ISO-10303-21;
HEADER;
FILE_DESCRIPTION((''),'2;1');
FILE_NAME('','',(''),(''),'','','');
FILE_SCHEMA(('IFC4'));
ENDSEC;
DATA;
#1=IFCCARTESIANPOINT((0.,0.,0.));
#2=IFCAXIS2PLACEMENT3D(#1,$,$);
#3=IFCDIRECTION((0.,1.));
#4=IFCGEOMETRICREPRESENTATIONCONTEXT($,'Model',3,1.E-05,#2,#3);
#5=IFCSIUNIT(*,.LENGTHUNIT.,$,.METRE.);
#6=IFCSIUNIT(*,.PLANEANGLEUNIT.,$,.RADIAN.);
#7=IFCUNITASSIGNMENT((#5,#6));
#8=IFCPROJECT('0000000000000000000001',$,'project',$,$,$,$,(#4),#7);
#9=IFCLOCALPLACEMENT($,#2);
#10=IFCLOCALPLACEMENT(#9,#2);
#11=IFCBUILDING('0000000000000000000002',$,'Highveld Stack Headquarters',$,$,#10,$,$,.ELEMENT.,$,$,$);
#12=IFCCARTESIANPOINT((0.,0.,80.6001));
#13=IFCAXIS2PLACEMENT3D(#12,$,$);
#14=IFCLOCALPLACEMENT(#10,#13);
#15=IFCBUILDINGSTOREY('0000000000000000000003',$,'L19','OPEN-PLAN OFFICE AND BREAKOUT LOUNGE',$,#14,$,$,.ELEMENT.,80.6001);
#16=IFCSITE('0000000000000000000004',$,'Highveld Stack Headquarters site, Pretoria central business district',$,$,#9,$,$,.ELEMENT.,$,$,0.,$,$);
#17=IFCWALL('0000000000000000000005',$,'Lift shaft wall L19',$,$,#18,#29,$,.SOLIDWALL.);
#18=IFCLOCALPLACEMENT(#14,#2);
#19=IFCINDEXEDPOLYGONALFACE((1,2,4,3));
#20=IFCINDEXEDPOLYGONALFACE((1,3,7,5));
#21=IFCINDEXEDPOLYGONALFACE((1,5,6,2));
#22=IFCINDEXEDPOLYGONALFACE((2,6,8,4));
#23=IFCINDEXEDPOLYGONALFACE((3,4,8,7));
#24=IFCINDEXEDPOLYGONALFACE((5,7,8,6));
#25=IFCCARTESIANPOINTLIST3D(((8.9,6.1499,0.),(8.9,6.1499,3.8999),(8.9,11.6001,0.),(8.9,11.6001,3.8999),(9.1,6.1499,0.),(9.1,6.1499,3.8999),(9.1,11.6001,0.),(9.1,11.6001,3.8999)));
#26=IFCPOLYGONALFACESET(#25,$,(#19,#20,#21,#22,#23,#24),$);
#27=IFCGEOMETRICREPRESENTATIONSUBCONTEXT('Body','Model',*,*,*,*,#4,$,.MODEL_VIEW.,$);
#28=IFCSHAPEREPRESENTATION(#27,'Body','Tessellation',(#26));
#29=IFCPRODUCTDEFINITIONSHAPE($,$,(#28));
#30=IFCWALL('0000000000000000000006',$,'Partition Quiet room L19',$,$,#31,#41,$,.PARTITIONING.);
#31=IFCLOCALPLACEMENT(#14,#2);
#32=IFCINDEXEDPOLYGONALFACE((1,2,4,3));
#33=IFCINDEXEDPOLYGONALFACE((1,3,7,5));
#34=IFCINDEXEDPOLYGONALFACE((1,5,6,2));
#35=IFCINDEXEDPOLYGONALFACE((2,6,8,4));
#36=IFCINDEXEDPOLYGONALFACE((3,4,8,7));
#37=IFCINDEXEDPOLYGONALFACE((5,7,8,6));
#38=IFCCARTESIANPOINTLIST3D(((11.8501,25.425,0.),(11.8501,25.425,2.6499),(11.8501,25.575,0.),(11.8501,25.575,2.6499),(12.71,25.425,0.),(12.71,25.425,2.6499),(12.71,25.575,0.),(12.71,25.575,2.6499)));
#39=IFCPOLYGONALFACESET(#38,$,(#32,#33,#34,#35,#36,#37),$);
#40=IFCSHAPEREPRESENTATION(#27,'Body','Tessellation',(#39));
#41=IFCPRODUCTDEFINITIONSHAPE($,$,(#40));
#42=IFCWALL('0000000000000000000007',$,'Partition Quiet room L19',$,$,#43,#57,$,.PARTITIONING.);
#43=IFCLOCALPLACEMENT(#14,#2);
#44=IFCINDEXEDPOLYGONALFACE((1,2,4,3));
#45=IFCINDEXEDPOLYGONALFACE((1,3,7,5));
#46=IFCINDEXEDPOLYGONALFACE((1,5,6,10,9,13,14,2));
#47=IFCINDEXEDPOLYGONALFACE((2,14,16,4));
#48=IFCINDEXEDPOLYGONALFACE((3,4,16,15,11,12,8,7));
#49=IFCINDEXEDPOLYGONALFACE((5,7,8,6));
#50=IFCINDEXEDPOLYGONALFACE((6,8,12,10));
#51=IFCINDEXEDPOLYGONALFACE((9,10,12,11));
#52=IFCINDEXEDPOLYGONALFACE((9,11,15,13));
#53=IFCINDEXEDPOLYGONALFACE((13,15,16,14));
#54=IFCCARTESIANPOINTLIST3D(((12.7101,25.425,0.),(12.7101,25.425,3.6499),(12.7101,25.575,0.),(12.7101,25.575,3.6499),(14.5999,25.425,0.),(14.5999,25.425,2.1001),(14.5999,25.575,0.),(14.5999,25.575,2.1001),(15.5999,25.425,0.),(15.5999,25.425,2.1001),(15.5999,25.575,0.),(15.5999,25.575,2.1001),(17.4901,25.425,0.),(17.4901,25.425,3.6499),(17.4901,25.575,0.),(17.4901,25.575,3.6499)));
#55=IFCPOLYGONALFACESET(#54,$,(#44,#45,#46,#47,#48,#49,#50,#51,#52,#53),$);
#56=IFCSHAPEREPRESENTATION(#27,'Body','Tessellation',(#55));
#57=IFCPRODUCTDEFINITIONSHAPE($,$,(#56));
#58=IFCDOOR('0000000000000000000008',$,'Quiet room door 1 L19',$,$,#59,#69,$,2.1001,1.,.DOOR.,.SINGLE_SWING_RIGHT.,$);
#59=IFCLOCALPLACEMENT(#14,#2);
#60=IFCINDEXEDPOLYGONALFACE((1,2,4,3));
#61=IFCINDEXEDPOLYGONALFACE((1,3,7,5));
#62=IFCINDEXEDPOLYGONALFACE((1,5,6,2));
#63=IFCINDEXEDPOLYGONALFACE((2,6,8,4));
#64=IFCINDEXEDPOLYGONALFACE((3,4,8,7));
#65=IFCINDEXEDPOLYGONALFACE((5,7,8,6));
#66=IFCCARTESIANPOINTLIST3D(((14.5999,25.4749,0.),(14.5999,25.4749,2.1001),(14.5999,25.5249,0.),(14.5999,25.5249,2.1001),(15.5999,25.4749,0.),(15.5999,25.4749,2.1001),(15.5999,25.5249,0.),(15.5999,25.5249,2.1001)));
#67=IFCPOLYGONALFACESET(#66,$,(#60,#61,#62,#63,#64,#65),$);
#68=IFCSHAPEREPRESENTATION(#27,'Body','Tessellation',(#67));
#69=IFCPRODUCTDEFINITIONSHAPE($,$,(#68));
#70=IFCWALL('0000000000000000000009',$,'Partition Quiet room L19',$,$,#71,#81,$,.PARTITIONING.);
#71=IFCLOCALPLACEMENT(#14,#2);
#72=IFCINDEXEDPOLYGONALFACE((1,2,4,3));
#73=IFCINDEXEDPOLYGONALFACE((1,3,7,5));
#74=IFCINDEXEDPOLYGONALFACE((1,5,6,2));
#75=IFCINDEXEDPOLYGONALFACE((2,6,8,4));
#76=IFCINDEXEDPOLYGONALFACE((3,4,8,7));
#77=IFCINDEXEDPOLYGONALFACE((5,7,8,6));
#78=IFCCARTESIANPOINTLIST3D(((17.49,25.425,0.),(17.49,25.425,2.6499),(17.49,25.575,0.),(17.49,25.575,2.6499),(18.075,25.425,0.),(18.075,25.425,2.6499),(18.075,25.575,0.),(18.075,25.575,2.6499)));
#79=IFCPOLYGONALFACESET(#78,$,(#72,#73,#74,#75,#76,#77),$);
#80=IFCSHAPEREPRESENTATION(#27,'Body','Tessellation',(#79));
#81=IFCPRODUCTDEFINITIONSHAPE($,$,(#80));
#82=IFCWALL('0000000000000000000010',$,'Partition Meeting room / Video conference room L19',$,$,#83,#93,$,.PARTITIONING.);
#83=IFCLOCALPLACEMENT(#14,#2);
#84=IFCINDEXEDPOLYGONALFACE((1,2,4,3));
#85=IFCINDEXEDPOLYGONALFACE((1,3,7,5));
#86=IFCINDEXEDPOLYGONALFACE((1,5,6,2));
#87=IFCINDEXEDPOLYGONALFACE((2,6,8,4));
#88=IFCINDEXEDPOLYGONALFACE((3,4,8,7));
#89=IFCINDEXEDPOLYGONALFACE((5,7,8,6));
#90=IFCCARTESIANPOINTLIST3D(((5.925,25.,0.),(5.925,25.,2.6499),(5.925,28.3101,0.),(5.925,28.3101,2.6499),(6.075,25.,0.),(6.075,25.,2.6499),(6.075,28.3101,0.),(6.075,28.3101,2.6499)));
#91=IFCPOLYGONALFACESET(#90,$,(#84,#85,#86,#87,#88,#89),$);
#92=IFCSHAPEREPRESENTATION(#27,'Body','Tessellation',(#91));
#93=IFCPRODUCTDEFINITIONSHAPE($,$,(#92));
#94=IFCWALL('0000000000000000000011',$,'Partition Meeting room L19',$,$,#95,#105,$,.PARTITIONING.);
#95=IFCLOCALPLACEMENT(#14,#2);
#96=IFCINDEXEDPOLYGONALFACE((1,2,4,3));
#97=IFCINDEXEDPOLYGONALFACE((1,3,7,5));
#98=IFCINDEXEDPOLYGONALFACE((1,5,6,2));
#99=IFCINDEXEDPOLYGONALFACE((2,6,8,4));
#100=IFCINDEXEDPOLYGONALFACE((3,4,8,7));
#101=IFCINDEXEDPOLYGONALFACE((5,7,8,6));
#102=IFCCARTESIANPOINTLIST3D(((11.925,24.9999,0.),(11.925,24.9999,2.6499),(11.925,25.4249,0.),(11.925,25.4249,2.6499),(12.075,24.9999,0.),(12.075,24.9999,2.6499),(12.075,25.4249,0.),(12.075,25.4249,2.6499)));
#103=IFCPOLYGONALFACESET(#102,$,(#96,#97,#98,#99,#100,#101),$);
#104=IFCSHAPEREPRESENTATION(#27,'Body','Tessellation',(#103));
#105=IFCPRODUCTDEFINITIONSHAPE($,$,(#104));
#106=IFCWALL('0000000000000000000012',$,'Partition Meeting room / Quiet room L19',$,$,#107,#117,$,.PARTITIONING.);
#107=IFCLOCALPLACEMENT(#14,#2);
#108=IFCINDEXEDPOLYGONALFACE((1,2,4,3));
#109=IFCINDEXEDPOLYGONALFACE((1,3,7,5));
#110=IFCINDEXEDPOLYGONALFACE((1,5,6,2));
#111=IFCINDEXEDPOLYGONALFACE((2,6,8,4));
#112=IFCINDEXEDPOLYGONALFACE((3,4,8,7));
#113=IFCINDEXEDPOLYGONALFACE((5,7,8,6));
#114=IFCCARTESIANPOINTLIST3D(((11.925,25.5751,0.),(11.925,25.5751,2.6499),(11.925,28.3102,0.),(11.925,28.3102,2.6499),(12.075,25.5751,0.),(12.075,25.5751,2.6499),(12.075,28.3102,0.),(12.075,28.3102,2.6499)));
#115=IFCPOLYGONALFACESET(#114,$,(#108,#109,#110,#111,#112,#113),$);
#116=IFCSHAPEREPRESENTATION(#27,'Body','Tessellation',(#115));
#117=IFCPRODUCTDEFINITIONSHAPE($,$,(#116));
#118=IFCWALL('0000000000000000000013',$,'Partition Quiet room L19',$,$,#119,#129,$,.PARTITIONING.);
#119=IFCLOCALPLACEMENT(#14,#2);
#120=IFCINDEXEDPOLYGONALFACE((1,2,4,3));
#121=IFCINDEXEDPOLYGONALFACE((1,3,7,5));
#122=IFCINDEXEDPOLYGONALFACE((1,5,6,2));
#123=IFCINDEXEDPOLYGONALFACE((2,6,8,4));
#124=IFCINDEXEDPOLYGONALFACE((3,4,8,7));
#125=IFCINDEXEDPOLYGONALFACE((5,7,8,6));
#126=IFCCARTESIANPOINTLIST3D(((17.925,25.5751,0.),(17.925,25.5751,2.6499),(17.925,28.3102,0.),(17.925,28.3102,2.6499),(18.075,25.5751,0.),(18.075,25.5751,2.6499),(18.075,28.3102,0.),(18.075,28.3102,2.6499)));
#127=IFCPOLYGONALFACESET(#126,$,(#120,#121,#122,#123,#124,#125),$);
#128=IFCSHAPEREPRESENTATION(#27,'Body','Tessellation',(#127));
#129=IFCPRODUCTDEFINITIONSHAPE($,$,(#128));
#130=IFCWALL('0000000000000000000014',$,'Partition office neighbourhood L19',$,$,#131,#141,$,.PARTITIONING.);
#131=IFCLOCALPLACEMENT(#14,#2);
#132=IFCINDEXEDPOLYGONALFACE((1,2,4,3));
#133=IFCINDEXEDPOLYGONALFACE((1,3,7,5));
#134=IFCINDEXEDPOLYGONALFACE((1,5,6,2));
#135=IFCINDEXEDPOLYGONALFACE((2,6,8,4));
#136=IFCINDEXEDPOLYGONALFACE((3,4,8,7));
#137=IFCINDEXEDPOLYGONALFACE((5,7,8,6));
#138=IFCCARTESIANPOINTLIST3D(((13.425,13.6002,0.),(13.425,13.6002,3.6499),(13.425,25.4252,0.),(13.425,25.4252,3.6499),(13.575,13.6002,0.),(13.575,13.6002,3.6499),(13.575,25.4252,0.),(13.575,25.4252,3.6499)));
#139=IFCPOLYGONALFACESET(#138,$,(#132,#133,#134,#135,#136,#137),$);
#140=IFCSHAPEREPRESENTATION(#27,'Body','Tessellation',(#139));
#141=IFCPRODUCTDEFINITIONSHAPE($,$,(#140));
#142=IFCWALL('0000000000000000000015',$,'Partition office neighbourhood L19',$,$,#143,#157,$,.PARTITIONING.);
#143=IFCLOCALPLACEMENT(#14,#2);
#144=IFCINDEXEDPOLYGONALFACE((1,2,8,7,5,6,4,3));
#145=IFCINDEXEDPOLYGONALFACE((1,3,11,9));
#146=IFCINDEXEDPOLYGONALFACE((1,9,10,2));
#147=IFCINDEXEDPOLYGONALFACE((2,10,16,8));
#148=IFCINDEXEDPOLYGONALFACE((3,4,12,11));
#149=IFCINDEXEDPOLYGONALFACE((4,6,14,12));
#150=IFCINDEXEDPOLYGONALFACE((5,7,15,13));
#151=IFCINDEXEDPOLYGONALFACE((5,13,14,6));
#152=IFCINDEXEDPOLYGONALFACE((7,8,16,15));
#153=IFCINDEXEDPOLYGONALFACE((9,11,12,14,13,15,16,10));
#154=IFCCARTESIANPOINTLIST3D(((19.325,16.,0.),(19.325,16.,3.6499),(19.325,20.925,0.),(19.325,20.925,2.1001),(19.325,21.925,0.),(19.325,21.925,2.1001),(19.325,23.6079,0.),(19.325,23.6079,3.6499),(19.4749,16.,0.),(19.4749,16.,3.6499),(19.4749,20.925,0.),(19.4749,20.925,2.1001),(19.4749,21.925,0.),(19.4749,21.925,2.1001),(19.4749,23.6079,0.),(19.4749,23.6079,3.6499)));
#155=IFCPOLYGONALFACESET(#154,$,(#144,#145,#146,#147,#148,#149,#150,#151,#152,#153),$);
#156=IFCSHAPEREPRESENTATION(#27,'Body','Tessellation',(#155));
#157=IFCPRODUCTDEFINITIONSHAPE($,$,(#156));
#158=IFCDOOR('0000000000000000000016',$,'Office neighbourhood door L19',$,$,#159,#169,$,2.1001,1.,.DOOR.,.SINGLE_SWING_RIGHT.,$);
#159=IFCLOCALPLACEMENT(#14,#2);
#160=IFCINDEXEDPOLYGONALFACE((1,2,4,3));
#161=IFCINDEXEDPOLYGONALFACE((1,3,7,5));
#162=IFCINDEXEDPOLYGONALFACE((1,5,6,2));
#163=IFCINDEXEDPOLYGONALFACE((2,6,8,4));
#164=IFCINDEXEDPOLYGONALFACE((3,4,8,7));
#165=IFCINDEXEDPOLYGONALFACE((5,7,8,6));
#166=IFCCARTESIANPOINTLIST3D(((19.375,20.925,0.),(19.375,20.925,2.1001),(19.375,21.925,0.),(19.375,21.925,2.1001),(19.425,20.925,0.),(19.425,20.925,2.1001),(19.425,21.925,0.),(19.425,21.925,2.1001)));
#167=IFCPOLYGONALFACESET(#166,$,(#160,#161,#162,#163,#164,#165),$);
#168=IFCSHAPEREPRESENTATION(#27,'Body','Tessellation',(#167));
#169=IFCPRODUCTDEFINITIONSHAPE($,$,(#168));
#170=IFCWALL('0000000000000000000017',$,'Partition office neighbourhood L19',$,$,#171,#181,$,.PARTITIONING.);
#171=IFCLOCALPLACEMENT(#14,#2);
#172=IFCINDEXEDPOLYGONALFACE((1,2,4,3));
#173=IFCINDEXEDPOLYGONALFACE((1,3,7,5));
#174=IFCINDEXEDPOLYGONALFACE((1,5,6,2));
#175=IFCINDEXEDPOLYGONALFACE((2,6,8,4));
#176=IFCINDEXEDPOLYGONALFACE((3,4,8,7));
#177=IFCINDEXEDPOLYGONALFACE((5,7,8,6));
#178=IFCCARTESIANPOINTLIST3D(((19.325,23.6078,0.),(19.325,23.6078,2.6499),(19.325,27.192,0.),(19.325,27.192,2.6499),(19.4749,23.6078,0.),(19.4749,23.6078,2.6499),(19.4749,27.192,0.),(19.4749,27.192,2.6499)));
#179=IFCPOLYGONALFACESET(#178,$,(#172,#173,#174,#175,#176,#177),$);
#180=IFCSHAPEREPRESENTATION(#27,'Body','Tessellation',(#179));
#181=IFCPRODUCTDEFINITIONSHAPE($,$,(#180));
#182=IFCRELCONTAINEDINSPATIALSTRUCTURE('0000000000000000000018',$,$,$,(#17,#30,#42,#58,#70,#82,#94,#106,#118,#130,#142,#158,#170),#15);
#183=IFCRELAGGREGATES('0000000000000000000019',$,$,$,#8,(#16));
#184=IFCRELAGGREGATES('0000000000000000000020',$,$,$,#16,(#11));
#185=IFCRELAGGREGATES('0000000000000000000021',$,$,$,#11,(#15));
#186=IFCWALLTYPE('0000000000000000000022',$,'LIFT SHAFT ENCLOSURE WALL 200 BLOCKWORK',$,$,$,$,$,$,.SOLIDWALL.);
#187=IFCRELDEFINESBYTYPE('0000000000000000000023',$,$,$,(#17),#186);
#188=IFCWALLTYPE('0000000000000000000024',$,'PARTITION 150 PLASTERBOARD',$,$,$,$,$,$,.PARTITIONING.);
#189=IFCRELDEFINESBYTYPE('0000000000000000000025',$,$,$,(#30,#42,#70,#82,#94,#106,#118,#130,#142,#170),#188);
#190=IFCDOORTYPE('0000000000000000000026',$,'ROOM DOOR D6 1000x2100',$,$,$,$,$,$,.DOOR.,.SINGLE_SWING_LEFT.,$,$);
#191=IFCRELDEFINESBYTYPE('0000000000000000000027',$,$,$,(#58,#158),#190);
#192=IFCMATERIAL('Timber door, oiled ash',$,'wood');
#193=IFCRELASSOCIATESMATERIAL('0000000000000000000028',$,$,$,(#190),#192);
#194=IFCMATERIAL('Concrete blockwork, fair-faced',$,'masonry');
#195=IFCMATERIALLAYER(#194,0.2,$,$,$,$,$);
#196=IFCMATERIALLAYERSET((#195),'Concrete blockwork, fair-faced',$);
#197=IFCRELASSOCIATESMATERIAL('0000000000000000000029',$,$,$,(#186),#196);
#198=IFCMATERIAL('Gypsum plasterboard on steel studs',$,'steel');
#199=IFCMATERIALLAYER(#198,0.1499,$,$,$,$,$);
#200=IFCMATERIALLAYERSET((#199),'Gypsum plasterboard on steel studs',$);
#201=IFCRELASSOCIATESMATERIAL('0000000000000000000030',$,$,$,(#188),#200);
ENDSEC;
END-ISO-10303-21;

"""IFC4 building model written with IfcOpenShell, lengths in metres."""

from ifc_helpers import new_model, si_unit, direction, frame, frame_2d, origin, place, context, subcontext, project, spatial, rectangle, extrude, material, layer, layer_set, type_object, element, fill, save


model = new_model("IFC4")

# Units and contexts
model_context = context("Model", 3, precision=1e-05, world=origin(), true_north=direction((0.0, 1.0)))
body_context = subcontext(model_context, "Body", "Model", "MODEL_VIEW")
ifc_project = project(units=[si_unit("LENGTHUNIT", "METRE"), si_unit("PLANEANGLEUNIT", "RADIAN")], contexts=[model_context])

# Site, building, storey
site_placement = place(None, origin())
site = spatial("IfcSite", under=ifc_project, at=site_placement, Name="Highveld Stack Headquarters site, Pretoria central business district", CompositionType="ELEMENT", RefElevation=0.0)
building_placement = place(site_placement, origin())
building = spatial("IfcBuilding", under=site, at=building_placement, Name="Highveld Stack Headquarters", CompositionType="ELEMENT")
storey_placement = place(building_placement, frame((0.0, 0.0, 80.6001)))
storey = spatial("IfcBuildingStorey", under=building, at=storey_placement, Name="L19", Description="OPEN-PLAN OFFICE AND BREAKOUT LOUNGE", CompositionType="ELEMENT", Elevation=80.6001)

# Shared definitions
ifc_material_1 = material(Name="Timber door, oiled ash", Category="wood")
door_type = type_object("IfcDoorType", Name="ROOM DOOR D6 1000x2100", OperationType="SINGLE_SWING_LEFT", PredefinedType="DOOR", material=ifc_material_1)

# Walls
ifc_material_2 = material(Name="Concrete blockwork, fair-faced", Category="masonry")
ifc_layer_1 = layer(ifc_material_2, 0.2)
ifc_layer_set_1 = layer_set([ifc_layer_1], Name="Concrete blockwork, fair-faced")
wall_type_1 = type_object("IfcWallType", Name="LIFT SHAFT ENCLOSURE WALL 200 BLOCKWORK", PredefinedType="SOLIDWALL", material=ifc_layer_set_1)
wall_1_placement = place(storey_placement, frame((9.0, 6.1499, 0.0), z_axis=(0.0, 0.0, 1.0), x_axis=(0.0, 1.0, 0.0)))
element("IfcWall", 1, at=wall_1_placement, inside=storey, type_object=wall_type_1, Name="Lift shaft wall L19", PredefinedType="SOLIDWALL", context=body_context, shape_type="SweptSolid", body=[
    extrude(rectangle(XDim=5.4502, YDim=0.2, at=frame_2d((2.7251, 0.0))), origin(), (0.0, 0.0, 1.0), 3.8999),
])
ifc_material_3 = material(Name="Gypsum plasterboard on steel studs", Category="steel")
ifc_layer_2 = layer(ifc_material_3, 0.1499)
ifc_layer_set_2 = layer_set([ifc_layer_2], Name="Gypsum plasterboard on steel studs")
wall_type_2 = type_object("IfcWallType", Name="PARTITION 150 PLASTERBOARD", PredefinedType="PARTITIONING", material=ifc_layer_set_2)
wall_2_placement = place(storey_placement, frame((11.8501, 25.5, 0.0), z_axis=(0.0, 0.0, 1.0), x_axis=(1.0, 0.0, 0.0)))
element("IfcWall", 2, at=wall_2_placement, inside=storey, type_object=wall_type_2, Name="Partition Quiet room L19", PredefinedType="PARTITIONING", context=body_context, shape_type="SweptSolid", body=[
    extrude(rectangle(XDim=0.8599, YDim=0.1499, at=frame_2d((0.4299, 0.0))), origin(), (0.0, 0.0, 1.0), 2.6499),
])

# Wall, opening, door
wall_3_placement = place(storey_placement, frame((12.71, 25.5, 0.0), z_axis=(0.0, 0.0, 1.0), x_axis=(1.0, 0.0, 0.0)))
wall_3 = element("IfcWall", 3, at=wall_3_placement, inside=storey, type_object=wall_type_2, Name="Partition Quiet room L19", PredefinedType="PARTITIONING", context=body_context, shape_type="SweptSolid", body=[
    extrude(rectangle(XDim=4.78, YDim=0.1499, at=frame_2d((2.3901, 0.0))), origin(), (0.0, 0.0, 1.0), 3.6499),
])
opening_1_placement = place(wall_3_placement, frame((1.8899, 0.0, 0.0)))
opening_1 = element("IfcOpeningElement", 4, at=opening_1_placement, cuts=wall_3, PredefinedType="OPENING", context=body_context, shape_type="SweptSolid", body=[
    extrude(rectangle(XDim=1.0, YDim=2.1001, at=frame_2d((0.5, 1.05))), frame((0.0, 0.085, 0.0), z_axis=(0.0, -1.0, 0.0), x_axis=(1.0, 0.0, 0.0)), (0.0, 0.0, 1.0), 0.1699),
])
door_1_placement = place(opening_1_placement, origin())
door_1 = element("IfcDoor", 5, at=door_1_placement, inside=storey, type_object=door_type, Name="Quiet room door 1 L19", OperationType="SINGLE_SWING_RIGHT", OverallHeight=2.1001, OverallWidth=1.0, PredefinedType="DOOR", context=body_context, shape_type="SweptSolid", body=[
    extrude(rectangle(XDim=1.0, YDim=2.1001, at=frame_2d((0.5, 1.05))), frame((0.0, 0.0249, 0.0), z_axis=(0.0, -1.0, 0.0), x_axis=(1.0, 0.0, 0.0)), (0.0, 0.0, 1.0), 0.05),
])
fill(opening_1, door_1)

# Walls
wall_4_placement = place(storey_placement, frame((17.49, 25.5, 0.0), z_axis=(0.0, 0.0, 1.0), x_axis=(1.0, 0.0, 0.0)))
element("IfcWall", 6, at=wall_4_placement, inside=storey, type_object=wall_type_2, Name="Partition Quiet room L19", PredefinedType="PARTITIONING", context=body_context, shape_type="SweptSolid", body=[
    extrude(rectangle(XDim=0.585, YDim=0.1499, at=frame_2d((0.2925, 0.0))), origin(), (0.0, 0.0, 1.0), 2.6499),
])
wall_5_placement = place(storey_placement, frame((6.0, 25.0, 0.0), z_axis=(0.0, 0.0, 1.0), x_axis=(0.0, 1.0, 0.0)))
element("IfcWall", 7, at=wall_5_placement, inside=storey, type_object=wall_type_2, Name="Partition Meeting room / Video conference room L19", PredefinedType="PARTITIONING", context=body_context, shape_type="SweptSolid", body=[
    extrude(rectangle(XDim=3.3101, YDim=0.1499, at=frame_2d((1.655, 0.0))), origin(), (0.0, 0.0, 1.0), 2.6499),
])
wall_6_placement = place(storey_placement, frame((12.0, 25.0, 0.0), z_axis=(0.0, 0.0, 1.0), x_axis=(0.0, 1.0, 0.0)))
element("IfcWall", 8, at=wall_6_placement, inside=storey, type_object=wall_type_2, Name="Partition Meeting room L19", PredefinedType="PARTITIONING", context=body_context, shape_type="SweptSolid", body=[
    extrude(rectangle(XDim=0.425, YDim=0.1499, at=frame_2d((0.2124, 0.0))), origin(), (0.0, 0.0, 1.0), 2.6499),
])
for number, where, z_axis, x_axis, name in (
    (9, (12.0, 25.575, 0.0), (0.0, 0.0, 1.0), (0.0, 1.0, 0.0), "Partition Meeting room / Quiet room L19"),
    (10, (18.0, 25.575, 0.0), (0.0, 0.0, 1.0), (0.0, 1.0, 0.0), "Partition Quiet room L19"),
):
    element("IfcWall", number, at=place(storey_placement, frame(where, z_axis=z_axis, x_axis=x_axis)), inside=storey, type_object=wall_type_2, Name=name, PredefinedType="PARTITIONING", context=body_context, shape_type="SweptSolid", body=[
        extrude(rectangle(XDim=2.7351, YDim=0.1499, at=frame_2d((1.3677, 0.0))), origin(), (0.0, 0.0, 1.0), 2.6499),
    ])
wall_7_placement = place(storey_placement, frame((13.5, 13.6001, 0.0), z_axis=(0.0, 0.0, 1.0), x_axis=(0.0, 1.0, 0.0)))
element("IfcWall", 11, at=wall_7_placement, inside=storey, type_object=wall_type_2, Name="Partition office neighbourhood L19", PredefinedType="PARTITIONING", context=body_context, shape_type="SweptSolid", body=[
    extrude(rectangle(XDim=11.825, YDim=0.1499, at=frame_2d((5.9126, 0.0))), origin(), (0.0, 0.0, 1.0), 3.6499),
])

# Wall, opening, door
wall_8_placement = place(storey_placement, frame((19.3999, 16.0, 0.0), z_axis=(0.0, 0.0, 1.0), x_axis=(0.0, 1.0, 0.0)))
wall_8 = element("IfcWall", 12, at=wall_8_placement, inside=storey, type_object=wall_type_2, Name="Partition office neighbourhood L19", PredefinedType="PARTITIONING", context=body_context, shape_type="SweptSolid", body=[
    extrude(rectangle(XDim=7.6079, YDim=0.1499, at=frame_2d((3.804, 0.0))), origin(), (0.0, 0.0, 1.0), 3.6499),
])
opening_2_placement = place(wall_8_placement, frame((4.925, 0.0, 0.0)))
opening_2 = element("IfcOpeningElement", 13, at=opening_2_placement, cuts=wall_8, PredefinedType="OPENING", context=body_context, shape_type="SweptSolid", body=[
    extrude(rectangle(XDim=1.0, YDim=2.1001, at=frame_2d((0.5, 1.05))), frame((0.0, 0.085, 0.0), z_axis=(0.0, -1.0, 0.0), x_axis=(1.0, 0.0, 0.0)), (0.0, 0.0, 1.0), 0.1699),
])
door_2_placement = place(opening_2_placement, origin())
door_2 = element("IfcDoor", 14, at=door_2_placement, inside=storey, type_object=door_type, Name="Office neighbourhood door L19", OperationType="SINGLE_SWING_RIGHT", OverallHeight=2.1001, OverallWidth=1.0, PredefinedType="DOOR", context=body_context, shape_type="SweptSolid", body=[
    extrude(rectangle(XDim=1.0, YDim=2.1001, at=frame_2d((0.5, 1.05))), frame((0.0, 0.0249, 0.0), z_axis=(0.0, -1.0, 0.0), x_axis=(1.0, 0.0, 0.0)), (0.0, 0.0, 1.0), 0.05),
])
fill(opening_2, door_2)

# Wall
wall_9_placement = place(storey_placement, frame((19.3999, 23.6079, 0.0), z_axis=(0.0, 0.0, 1.0), x_axis=(0.0, 1.0, 0.0)))
element("IfcWall", 15, at=wall_9_placement, inside=storey, type_object=wall_type_2, Name="Partition office neighbourhood L19", PredefinedType="PARTITIONING", context=body_context, shape_type="SweptSolid", body=[
    extrude(rectangle(XDim=3.5842, YDim=0.1499, at=frame_2d((1.792, 0.0))), origin(), (0.0, 0.0, 1.0), 2.6499),
])

save(model, "model.ifc")
